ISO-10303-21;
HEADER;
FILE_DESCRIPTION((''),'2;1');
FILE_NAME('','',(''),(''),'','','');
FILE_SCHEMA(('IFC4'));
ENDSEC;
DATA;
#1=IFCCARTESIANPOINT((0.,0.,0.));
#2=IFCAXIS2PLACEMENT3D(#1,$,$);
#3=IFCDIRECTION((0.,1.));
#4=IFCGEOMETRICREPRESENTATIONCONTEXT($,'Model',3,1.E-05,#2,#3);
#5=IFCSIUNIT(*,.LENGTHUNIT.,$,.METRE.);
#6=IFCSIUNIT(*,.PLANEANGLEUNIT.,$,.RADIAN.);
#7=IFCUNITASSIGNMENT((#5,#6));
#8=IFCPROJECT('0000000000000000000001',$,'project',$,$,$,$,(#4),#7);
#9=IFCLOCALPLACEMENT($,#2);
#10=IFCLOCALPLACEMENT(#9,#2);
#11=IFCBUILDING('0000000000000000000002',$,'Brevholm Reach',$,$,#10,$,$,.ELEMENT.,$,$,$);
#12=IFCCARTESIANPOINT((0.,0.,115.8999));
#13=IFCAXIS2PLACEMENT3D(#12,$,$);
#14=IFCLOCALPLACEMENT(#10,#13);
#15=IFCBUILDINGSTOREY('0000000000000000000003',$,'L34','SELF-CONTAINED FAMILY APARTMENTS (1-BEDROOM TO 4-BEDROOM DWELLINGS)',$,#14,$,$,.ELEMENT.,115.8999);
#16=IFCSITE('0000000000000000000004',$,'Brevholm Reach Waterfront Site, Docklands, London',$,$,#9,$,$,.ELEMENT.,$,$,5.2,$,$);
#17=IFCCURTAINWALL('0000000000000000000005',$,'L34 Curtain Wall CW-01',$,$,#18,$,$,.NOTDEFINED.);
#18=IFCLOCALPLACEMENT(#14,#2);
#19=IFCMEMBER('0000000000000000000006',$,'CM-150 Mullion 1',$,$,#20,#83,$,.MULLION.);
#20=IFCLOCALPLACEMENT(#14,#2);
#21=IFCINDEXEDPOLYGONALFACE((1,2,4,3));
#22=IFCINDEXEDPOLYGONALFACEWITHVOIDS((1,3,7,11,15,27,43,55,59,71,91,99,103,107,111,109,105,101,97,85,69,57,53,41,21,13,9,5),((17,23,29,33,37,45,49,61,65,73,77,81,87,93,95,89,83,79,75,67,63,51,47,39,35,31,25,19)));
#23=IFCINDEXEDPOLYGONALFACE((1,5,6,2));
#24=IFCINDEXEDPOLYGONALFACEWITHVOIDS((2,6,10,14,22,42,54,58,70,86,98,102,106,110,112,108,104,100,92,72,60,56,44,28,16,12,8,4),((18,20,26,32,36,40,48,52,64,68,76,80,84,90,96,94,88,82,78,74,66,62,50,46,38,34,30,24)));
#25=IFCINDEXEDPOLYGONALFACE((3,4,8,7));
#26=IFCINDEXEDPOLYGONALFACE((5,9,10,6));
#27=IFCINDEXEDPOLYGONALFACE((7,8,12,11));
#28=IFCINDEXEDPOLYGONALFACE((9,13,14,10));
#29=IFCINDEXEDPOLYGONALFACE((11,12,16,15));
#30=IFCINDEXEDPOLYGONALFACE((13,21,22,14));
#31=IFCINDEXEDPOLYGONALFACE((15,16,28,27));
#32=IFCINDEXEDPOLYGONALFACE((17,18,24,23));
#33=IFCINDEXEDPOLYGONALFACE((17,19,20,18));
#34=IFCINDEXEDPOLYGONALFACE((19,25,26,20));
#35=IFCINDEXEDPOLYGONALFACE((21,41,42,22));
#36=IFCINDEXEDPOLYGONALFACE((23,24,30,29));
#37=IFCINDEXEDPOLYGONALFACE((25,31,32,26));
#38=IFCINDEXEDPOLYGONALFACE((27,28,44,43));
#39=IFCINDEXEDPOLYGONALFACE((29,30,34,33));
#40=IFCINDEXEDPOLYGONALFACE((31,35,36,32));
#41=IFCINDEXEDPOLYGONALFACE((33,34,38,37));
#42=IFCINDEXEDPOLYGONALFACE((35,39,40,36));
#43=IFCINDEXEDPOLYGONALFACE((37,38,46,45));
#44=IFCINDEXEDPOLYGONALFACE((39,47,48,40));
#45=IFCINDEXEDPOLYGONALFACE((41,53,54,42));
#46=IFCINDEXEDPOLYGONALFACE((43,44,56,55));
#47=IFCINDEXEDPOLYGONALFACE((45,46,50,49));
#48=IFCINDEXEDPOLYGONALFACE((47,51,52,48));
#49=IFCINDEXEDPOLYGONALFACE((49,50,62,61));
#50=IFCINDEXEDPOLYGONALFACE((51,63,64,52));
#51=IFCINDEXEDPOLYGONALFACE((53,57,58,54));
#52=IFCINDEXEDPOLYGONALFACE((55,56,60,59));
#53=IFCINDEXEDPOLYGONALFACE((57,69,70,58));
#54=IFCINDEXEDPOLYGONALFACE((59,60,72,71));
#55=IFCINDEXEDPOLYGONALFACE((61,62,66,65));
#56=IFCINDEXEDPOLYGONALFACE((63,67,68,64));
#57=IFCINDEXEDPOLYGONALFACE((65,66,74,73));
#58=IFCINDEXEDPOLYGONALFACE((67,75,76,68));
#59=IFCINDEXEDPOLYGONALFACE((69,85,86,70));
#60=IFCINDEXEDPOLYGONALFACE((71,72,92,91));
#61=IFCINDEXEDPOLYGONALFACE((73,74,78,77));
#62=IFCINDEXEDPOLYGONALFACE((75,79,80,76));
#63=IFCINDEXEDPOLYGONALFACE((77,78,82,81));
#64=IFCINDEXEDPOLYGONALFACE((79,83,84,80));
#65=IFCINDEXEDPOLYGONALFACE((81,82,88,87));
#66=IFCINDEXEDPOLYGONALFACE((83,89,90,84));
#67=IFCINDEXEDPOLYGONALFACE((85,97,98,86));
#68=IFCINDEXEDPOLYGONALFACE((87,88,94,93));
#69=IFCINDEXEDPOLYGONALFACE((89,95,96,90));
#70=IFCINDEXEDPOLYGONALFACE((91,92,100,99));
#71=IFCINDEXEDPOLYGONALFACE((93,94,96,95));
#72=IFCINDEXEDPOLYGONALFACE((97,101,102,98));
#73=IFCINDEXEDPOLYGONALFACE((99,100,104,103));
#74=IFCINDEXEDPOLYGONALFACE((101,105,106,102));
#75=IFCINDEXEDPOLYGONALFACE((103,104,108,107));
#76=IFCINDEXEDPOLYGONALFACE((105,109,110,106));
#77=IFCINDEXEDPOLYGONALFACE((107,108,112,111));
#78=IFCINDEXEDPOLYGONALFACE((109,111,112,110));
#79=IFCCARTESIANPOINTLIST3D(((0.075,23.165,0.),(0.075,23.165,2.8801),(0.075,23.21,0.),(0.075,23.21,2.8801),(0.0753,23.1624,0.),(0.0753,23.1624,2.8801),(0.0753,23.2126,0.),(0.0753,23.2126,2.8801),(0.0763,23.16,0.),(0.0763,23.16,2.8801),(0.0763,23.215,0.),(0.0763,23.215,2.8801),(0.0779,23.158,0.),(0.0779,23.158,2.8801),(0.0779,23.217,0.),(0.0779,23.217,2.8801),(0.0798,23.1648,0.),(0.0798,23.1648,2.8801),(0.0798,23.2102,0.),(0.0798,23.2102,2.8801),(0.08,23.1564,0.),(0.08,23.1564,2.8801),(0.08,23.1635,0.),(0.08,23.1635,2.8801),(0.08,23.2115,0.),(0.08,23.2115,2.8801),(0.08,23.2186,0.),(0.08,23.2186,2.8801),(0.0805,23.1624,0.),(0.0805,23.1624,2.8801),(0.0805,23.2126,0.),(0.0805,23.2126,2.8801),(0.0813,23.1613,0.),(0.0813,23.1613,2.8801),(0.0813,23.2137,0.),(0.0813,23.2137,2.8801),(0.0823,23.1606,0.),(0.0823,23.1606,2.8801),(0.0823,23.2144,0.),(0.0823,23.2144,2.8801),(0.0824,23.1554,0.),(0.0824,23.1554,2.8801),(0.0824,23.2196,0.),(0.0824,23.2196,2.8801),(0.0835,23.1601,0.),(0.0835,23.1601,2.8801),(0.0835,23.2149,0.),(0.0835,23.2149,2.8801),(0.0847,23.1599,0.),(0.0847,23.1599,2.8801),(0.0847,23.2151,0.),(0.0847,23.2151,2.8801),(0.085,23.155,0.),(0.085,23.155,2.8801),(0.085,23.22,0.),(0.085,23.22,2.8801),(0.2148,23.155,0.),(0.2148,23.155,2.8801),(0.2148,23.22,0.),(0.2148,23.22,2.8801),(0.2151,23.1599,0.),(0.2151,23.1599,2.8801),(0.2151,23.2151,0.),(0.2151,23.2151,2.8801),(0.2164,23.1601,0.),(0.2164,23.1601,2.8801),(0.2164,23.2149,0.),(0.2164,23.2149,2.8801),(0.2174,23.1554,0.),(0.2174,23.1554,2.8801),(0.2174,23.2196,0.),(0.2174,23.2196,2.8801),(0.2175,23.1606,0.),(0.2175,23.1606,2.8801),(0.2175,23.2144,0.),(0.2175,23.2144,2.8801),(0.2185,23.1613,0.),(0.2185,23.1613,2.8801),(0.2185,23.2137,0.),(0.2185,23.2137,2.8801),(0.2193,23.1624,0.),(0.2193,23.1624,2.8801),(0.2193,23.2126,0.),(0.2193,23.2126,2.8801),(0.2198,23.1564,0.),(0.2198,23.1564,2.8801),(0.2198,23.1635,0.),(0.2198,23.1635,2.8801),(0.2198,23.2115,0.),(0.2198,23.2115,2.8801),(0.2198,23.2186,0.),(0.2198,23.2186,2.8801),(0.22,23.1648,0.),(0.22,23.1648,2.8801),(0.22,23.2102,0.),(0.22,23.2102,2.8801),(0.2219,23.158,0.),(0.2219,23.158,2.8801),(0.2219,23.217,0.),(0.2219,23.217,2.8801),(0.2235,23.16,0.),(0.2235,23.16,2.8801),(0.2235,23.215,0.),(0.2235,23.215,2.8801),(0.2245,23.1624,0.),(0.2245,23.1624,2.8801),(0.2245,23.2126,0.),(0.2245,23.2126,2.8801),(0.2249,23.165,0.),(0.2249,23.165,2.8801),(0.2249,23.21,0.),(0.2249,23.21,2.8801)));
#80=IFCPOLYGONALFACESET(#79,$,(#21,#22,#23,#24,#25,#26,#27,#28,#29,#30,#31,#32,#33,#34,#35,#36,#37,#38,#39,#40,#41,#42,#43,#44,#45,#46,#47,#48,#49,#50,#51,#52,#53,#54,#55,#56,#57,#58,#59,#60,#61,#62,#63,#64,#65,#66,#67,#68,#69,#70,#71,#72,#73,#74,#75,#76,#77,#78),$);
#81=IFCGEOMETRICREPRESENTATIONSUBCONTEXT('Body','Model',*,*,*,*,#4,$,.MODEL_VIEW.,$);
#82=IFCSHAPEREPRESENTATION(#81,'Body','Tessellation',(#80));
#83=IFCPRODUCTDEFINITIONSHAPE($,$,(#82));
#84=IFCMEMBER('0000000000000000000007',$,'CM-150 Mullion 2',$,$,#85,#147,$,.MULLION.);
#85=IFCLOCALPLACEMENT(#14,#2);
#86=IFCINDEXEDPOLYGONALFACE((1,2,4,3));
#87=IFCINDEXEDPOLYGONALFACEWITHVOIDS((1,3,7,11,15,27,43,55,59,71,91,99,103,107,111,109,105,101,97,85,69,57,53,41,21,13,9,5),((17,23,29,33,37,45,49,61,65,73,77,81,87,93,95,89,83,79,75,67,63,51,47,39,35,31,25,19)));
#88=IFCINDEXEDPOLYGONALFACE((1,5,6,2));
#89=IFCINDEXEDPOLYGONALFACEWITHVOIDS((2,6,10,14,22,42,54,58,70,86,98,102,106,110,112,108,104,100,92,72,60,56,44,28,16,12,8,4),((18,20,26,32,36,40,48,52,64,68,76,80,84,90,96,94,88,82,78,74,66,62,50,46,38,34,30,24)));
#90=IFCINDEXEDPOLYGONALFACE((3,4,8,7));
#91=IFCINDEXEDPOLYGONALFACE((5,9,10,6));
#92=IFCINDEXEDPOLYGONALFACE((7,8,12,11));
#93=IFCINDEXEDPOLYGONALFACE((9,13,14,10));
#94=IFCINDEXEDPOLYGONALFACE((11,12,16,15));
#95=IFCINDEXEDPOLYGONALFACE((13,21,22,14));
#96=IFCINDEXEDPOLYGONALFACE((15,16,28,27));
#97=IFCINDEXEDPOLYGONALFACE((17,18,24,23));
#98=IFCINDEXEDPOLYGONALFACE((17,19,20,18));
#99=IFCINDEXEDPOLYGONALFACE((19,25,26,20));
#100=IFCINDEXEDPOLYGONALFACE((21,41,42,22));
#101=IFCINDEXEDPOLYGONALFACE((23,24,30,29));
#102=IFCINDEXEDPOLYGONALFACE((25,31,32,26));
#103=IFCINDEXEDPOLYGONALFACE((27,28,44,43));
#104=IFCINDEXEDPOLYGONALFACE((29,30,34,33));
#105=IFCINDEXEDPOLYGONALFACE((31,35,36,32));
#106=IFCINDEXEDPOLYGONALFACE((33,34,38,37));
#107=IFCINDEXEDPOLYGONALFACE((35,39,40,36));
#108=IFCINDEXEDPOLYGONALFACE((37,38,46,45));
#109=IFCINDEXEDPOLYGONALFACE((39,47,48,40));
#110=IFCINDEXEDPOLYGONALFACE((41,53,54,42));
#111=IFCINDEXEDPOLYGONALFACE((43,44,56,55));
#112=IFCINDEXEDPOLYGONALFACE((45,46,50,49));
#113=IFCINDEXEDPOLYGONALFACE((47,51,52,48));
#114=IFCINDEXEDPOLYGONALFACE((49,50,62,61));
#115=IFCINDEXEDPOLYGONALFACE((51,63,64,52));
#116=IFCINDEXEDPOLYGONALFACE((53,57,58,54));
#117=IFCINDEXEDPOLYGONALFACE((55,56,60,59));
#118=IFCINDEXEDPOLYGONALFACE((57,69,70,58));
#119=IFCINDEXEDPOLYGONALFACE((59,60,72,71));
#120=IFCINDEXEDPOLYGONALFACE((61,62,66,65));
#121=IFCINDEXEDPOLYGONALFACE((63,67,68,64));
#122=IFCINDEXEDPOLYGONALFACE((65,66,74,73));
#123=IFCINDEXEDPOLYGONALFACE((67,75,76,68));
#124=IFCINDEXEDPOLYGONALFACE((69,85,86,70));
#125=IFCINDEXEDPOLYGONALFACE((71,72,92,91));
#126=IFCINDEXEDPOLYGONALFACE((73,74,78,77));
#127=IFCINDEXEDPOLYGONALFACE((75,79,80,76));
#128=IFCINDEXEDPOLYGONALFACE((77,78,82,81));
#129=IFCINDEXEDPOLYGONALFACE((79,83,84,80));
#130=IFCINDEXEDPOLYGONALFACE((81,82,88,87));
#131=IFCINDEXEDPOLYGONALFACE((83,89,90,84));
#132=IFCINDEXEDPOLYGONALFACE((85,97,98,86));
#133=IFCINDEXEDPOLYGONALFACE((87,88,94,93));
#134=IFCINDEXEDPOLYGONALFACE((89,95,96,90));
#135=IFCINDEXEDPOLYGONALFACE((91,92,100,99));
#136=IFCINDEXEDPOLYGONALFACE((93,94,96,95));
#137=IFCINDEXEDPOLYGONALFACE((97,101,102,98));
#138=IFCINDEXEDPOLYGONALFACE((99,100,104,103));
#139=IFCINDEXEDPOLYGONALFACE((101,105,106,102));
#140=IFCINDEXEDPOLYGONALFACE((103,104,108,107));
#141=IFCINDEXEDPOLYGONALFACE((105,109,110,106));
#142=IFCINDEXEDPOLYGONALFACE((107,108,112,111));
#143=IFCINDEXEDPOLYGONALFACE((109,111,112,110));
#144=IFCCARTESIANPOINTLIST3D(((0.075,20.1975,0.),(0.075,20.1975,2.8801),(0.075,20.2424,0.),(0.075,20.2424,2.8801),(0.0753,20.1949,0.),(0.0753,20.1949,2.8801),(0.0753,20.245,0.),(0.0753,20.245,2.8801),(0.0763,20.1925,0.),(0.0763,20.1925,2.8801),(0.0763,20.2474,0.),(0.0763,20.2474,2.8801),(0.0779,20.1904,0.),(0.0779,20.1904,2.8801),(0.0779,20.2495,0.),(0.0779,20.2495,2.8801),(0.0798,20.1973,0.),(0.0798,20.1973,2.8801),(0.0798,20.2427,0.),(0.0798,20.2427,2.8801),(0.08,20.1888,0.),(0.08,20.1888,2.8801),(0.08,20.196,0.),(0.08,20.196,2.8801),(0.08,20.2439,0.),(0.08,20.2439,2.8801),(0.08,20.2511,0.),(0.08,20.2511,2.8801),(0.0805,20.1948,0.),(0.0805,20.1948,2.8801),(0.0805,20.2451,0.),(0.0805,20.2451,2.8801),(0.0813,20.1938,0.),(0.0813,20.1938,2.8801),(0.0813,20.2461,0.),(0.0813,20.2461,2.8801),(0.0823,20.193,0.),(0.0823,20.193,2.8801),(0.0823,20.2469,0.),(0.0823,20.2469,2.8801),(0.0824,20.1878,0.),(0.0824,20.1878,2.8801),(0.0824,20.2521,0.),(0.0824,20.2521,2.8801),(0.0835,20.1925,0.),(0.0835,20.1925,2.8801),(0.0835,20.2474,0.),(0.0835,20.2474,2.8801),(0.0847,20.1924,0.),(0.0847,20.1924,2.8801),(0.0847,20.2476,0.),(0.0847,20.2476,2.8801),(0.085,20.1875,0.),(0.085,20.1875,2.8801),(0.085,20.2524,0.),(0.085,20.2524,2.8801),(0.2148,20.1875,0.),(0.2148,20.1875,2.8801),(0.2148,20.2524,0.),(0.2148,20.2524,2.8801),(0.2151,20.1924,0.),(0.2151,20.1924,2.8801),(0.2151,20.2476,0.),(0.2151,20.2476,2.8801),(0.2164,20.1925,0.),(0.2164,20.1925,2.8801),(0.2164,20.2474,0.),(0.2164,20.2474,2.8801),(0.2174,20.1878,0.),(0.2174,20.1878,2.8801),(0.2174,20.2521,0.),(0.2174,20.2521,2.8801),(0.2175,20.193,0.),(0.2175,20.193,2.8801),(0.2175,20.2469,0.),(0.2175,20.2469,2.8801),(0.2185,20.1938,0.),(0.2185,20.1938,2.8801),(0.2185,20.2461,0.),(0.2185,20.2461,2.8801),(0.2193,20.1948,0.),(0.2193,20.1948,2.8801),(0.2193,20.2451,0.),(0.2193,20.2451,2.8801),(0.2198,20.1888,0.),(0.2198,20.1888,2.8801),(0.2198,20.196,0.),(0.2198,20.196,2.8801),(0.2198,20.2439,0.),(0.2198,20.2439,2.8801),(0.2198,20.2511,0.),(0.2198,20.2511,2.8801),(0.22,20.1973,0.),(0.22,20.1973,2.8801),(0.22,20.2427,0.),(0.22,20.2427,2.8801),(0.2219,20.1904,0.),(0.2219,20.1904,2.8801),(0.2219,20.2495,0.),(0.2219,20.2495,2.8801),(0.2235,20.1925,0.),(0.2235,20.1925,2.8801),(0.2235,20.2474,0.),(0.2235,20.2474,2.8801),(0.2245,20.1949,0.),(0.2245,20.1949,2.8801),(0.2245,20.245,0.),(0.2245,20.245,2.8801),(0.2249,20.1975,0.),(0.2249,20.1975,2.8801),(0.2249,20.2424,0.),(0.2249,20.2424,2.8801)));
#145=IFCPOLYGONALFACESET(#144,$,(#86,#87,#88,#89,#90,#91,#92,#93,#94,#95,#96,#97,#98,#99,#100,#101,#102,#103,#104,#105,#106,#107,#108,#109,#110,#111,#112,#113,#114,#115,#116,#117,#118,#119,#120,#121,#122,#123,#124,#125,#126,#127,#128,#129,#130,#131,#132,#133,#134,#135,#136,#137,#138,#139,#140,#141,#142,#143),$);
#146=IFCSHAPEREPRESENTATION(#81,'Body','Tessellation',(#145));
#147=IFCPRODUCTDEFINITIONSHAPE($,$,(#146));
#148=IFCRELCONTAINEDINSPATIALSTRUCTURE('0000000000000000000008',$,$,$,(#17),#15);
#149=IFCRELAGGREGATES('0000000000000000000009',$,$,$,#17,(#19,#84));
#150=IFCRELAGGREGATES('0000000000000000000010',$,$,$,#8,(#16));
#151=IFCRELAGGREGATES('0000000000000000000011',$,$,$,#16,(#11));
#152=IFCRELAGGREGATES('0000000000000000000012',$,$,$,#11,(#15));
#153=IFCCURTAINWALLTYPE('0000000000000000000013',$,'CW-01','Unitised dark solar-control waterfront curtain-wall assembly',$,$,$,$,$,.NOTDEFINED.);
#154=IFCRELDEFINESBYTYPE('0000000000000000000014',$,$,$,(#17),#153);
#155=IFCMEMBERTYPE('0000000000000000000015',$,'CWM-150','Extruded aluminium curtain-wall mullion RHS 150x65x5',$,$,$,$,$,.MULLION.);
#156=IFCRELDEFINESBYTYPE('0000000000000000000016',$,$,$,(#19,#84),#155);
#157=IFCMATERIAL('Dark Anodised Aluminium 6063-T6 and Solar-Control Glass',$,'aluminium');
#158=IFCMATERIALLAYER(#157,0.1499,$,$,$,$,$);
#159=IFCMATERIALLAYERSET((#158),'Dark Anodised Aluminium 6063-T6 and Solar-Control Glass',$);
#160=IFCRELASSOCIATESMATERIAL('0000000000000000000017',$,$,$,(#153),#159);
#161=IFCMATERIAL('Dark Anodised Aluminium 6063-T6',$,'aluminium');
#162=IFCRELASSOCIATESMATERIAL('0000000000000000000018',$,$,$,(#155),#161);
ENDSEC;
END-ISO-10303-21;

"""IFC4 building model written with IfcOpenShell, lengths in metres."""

from ifc_helpers import new_model, si_unit, direction, frame, origin, origin_2d, place, context, subcontext, project, spatial, hollow_rectangle, extrude, material, layer, layer_set, material_profile, profile_set, type_object, element, aggregate, save


model = new_model("IFC4")

# Units and contexts
model_context = context("Model", 3, precision=1e-05, world=origin(), true_north=direction((0.0, 1.0)))
body_context = subcontext(model_context, "Body", "Model", "MODEL_VIEW")
ifc_project = project(units=[si_unit("LENGTHUNIT", "METRE"), si_unit("PLANEANGLEUNIT", "RADIAN")], contexts=[model_context])

# Site, building, storey
site_placement = place(None, origin())
site = spatial("IfcSite", under=ifc_project, at=site_placement, Name="Brevholm Reach Waterfront Site, Docklands, London", CompositionType="ELEMENT", RefElevation=5.2)
building_placement = place(site_placement, origin())
building = spatial("IfcBuilding", under=site, at=building_placement, Name="Brevholm Reach", CompositionType="ELEMENT")
storey_placement = place(building_placement, frame((0.0, 0.0, 115.8999)))
storey = spatial("IfcBuildingStorey", under=building, at=storey_placement, Name="L34", Description="SELF-CONTAINED FAMILY APARTMENTS (1-BEDROOM TO 4-BEDROOM DWELLINGS)", CompositionType="ELEMENT", Elevation=115.8999)

# Curtain wall, members
ifc_material_1 = material(Name="Dark Anodised Aluminium 6063-T6 and Solar-Control Glass", Category="aluminium")
ifc_layer_1 = layer(ifc_material_1, 0.1499)
ifc_layer_set_1 = layer_set([ifc_layer_1], Name="Dark Anodised Aluminium 6063-T6 and Solar-Control Glass")
curtain_wall_type = type_object("IfcCurtainWallType", Name="CW-01", Description="Unitised dark solar-control waterfront curtain-wall assembly", PredefinedType="NOTDEFINED", material=ifc_layer_set_1)
curtain_wall_placement = place(storey_placement, origin())
curtain_wall = element("IfcCurtainWall", 1, at=curtain_wall_placement, inside=storey, type_object=curtain_wall_type, Name="L34 Curtain Wall CW-01", PredefinedType="NOTDEFINED")
ifc_material_2 = material(Name="Dark Anodised Aluminium 6063-T6", Category="aluminium")
ifc_material_profile_1 = material_profile(ifc_material_2, hollow_rectangle(XDim=0.0649, YDim=0.1499, WallThickness=0.0049, InnerFilletRadius=0.0049, OuterFilletRadius=0.01, at=origin_2d()), Name="RHS 150x65x5")
ifc_profile_set_1 = profile_set([ifc_material_profile_1], Name="Dark Anodised Aluminium 6063-T6")
member_type_1 = type_object("IfcMemberType", Name="CWM-150", Description="Extruded aluminium curtain-wall mullion RHS 150x65x5", PredefinedType="MULLION", material=ifc_profile_set_1)
member_1_placement = place(storey_placement, frame((0.1499, 23.1875, 0.0), z_axis=(0.0, 0.0, 1.0), x_axis=(0.0, -1.0, 0.0)))
member_1 = element("IfcMember", 2, at=member_1_placement, type_object=member_type_1, Name="CM-150 Mullion 1", PredefinedType="MULLION", context=body_context, shape_type="SweptSolid", body=[
    extrude(hollow_rectangle(XDim=0.0649, YDim=0.1499, WallThickness=0.0049, InnerFilletRadius=0.0049, OuterFilletRadius=0.01, at=origin_2d()), origin(), (0.0, 0.0, 1.0), 2.8801),
])
member_2_placement = place(storey_placement, frame((0.1499, 20.22, 0.0), z_axis=(0.0, 0.0, 1.0), x_axis=(0.0, -1.0, 0.0)))
member_2 = element("IfcMember", 3, at=member_2_placement, type_object=member_type_1, Name="CM-150 Mullion 2", PredefinedType="MULLION", context=body_context, shape_type="SweptSolid", body=[
    extrude(hollow_rectangle(XDim=0.0649, YDim=0.1499, WallThickness=0.0049, InnerFilletRadius=0.0049, OuterFilletRadius=0.01, at=origin_2d()), origin(), (0.0, 0.0, 1.0), 2.8801),
])
aggregate(curtain_wall, [member_1, member_2])

save(model, "model.ifc")
